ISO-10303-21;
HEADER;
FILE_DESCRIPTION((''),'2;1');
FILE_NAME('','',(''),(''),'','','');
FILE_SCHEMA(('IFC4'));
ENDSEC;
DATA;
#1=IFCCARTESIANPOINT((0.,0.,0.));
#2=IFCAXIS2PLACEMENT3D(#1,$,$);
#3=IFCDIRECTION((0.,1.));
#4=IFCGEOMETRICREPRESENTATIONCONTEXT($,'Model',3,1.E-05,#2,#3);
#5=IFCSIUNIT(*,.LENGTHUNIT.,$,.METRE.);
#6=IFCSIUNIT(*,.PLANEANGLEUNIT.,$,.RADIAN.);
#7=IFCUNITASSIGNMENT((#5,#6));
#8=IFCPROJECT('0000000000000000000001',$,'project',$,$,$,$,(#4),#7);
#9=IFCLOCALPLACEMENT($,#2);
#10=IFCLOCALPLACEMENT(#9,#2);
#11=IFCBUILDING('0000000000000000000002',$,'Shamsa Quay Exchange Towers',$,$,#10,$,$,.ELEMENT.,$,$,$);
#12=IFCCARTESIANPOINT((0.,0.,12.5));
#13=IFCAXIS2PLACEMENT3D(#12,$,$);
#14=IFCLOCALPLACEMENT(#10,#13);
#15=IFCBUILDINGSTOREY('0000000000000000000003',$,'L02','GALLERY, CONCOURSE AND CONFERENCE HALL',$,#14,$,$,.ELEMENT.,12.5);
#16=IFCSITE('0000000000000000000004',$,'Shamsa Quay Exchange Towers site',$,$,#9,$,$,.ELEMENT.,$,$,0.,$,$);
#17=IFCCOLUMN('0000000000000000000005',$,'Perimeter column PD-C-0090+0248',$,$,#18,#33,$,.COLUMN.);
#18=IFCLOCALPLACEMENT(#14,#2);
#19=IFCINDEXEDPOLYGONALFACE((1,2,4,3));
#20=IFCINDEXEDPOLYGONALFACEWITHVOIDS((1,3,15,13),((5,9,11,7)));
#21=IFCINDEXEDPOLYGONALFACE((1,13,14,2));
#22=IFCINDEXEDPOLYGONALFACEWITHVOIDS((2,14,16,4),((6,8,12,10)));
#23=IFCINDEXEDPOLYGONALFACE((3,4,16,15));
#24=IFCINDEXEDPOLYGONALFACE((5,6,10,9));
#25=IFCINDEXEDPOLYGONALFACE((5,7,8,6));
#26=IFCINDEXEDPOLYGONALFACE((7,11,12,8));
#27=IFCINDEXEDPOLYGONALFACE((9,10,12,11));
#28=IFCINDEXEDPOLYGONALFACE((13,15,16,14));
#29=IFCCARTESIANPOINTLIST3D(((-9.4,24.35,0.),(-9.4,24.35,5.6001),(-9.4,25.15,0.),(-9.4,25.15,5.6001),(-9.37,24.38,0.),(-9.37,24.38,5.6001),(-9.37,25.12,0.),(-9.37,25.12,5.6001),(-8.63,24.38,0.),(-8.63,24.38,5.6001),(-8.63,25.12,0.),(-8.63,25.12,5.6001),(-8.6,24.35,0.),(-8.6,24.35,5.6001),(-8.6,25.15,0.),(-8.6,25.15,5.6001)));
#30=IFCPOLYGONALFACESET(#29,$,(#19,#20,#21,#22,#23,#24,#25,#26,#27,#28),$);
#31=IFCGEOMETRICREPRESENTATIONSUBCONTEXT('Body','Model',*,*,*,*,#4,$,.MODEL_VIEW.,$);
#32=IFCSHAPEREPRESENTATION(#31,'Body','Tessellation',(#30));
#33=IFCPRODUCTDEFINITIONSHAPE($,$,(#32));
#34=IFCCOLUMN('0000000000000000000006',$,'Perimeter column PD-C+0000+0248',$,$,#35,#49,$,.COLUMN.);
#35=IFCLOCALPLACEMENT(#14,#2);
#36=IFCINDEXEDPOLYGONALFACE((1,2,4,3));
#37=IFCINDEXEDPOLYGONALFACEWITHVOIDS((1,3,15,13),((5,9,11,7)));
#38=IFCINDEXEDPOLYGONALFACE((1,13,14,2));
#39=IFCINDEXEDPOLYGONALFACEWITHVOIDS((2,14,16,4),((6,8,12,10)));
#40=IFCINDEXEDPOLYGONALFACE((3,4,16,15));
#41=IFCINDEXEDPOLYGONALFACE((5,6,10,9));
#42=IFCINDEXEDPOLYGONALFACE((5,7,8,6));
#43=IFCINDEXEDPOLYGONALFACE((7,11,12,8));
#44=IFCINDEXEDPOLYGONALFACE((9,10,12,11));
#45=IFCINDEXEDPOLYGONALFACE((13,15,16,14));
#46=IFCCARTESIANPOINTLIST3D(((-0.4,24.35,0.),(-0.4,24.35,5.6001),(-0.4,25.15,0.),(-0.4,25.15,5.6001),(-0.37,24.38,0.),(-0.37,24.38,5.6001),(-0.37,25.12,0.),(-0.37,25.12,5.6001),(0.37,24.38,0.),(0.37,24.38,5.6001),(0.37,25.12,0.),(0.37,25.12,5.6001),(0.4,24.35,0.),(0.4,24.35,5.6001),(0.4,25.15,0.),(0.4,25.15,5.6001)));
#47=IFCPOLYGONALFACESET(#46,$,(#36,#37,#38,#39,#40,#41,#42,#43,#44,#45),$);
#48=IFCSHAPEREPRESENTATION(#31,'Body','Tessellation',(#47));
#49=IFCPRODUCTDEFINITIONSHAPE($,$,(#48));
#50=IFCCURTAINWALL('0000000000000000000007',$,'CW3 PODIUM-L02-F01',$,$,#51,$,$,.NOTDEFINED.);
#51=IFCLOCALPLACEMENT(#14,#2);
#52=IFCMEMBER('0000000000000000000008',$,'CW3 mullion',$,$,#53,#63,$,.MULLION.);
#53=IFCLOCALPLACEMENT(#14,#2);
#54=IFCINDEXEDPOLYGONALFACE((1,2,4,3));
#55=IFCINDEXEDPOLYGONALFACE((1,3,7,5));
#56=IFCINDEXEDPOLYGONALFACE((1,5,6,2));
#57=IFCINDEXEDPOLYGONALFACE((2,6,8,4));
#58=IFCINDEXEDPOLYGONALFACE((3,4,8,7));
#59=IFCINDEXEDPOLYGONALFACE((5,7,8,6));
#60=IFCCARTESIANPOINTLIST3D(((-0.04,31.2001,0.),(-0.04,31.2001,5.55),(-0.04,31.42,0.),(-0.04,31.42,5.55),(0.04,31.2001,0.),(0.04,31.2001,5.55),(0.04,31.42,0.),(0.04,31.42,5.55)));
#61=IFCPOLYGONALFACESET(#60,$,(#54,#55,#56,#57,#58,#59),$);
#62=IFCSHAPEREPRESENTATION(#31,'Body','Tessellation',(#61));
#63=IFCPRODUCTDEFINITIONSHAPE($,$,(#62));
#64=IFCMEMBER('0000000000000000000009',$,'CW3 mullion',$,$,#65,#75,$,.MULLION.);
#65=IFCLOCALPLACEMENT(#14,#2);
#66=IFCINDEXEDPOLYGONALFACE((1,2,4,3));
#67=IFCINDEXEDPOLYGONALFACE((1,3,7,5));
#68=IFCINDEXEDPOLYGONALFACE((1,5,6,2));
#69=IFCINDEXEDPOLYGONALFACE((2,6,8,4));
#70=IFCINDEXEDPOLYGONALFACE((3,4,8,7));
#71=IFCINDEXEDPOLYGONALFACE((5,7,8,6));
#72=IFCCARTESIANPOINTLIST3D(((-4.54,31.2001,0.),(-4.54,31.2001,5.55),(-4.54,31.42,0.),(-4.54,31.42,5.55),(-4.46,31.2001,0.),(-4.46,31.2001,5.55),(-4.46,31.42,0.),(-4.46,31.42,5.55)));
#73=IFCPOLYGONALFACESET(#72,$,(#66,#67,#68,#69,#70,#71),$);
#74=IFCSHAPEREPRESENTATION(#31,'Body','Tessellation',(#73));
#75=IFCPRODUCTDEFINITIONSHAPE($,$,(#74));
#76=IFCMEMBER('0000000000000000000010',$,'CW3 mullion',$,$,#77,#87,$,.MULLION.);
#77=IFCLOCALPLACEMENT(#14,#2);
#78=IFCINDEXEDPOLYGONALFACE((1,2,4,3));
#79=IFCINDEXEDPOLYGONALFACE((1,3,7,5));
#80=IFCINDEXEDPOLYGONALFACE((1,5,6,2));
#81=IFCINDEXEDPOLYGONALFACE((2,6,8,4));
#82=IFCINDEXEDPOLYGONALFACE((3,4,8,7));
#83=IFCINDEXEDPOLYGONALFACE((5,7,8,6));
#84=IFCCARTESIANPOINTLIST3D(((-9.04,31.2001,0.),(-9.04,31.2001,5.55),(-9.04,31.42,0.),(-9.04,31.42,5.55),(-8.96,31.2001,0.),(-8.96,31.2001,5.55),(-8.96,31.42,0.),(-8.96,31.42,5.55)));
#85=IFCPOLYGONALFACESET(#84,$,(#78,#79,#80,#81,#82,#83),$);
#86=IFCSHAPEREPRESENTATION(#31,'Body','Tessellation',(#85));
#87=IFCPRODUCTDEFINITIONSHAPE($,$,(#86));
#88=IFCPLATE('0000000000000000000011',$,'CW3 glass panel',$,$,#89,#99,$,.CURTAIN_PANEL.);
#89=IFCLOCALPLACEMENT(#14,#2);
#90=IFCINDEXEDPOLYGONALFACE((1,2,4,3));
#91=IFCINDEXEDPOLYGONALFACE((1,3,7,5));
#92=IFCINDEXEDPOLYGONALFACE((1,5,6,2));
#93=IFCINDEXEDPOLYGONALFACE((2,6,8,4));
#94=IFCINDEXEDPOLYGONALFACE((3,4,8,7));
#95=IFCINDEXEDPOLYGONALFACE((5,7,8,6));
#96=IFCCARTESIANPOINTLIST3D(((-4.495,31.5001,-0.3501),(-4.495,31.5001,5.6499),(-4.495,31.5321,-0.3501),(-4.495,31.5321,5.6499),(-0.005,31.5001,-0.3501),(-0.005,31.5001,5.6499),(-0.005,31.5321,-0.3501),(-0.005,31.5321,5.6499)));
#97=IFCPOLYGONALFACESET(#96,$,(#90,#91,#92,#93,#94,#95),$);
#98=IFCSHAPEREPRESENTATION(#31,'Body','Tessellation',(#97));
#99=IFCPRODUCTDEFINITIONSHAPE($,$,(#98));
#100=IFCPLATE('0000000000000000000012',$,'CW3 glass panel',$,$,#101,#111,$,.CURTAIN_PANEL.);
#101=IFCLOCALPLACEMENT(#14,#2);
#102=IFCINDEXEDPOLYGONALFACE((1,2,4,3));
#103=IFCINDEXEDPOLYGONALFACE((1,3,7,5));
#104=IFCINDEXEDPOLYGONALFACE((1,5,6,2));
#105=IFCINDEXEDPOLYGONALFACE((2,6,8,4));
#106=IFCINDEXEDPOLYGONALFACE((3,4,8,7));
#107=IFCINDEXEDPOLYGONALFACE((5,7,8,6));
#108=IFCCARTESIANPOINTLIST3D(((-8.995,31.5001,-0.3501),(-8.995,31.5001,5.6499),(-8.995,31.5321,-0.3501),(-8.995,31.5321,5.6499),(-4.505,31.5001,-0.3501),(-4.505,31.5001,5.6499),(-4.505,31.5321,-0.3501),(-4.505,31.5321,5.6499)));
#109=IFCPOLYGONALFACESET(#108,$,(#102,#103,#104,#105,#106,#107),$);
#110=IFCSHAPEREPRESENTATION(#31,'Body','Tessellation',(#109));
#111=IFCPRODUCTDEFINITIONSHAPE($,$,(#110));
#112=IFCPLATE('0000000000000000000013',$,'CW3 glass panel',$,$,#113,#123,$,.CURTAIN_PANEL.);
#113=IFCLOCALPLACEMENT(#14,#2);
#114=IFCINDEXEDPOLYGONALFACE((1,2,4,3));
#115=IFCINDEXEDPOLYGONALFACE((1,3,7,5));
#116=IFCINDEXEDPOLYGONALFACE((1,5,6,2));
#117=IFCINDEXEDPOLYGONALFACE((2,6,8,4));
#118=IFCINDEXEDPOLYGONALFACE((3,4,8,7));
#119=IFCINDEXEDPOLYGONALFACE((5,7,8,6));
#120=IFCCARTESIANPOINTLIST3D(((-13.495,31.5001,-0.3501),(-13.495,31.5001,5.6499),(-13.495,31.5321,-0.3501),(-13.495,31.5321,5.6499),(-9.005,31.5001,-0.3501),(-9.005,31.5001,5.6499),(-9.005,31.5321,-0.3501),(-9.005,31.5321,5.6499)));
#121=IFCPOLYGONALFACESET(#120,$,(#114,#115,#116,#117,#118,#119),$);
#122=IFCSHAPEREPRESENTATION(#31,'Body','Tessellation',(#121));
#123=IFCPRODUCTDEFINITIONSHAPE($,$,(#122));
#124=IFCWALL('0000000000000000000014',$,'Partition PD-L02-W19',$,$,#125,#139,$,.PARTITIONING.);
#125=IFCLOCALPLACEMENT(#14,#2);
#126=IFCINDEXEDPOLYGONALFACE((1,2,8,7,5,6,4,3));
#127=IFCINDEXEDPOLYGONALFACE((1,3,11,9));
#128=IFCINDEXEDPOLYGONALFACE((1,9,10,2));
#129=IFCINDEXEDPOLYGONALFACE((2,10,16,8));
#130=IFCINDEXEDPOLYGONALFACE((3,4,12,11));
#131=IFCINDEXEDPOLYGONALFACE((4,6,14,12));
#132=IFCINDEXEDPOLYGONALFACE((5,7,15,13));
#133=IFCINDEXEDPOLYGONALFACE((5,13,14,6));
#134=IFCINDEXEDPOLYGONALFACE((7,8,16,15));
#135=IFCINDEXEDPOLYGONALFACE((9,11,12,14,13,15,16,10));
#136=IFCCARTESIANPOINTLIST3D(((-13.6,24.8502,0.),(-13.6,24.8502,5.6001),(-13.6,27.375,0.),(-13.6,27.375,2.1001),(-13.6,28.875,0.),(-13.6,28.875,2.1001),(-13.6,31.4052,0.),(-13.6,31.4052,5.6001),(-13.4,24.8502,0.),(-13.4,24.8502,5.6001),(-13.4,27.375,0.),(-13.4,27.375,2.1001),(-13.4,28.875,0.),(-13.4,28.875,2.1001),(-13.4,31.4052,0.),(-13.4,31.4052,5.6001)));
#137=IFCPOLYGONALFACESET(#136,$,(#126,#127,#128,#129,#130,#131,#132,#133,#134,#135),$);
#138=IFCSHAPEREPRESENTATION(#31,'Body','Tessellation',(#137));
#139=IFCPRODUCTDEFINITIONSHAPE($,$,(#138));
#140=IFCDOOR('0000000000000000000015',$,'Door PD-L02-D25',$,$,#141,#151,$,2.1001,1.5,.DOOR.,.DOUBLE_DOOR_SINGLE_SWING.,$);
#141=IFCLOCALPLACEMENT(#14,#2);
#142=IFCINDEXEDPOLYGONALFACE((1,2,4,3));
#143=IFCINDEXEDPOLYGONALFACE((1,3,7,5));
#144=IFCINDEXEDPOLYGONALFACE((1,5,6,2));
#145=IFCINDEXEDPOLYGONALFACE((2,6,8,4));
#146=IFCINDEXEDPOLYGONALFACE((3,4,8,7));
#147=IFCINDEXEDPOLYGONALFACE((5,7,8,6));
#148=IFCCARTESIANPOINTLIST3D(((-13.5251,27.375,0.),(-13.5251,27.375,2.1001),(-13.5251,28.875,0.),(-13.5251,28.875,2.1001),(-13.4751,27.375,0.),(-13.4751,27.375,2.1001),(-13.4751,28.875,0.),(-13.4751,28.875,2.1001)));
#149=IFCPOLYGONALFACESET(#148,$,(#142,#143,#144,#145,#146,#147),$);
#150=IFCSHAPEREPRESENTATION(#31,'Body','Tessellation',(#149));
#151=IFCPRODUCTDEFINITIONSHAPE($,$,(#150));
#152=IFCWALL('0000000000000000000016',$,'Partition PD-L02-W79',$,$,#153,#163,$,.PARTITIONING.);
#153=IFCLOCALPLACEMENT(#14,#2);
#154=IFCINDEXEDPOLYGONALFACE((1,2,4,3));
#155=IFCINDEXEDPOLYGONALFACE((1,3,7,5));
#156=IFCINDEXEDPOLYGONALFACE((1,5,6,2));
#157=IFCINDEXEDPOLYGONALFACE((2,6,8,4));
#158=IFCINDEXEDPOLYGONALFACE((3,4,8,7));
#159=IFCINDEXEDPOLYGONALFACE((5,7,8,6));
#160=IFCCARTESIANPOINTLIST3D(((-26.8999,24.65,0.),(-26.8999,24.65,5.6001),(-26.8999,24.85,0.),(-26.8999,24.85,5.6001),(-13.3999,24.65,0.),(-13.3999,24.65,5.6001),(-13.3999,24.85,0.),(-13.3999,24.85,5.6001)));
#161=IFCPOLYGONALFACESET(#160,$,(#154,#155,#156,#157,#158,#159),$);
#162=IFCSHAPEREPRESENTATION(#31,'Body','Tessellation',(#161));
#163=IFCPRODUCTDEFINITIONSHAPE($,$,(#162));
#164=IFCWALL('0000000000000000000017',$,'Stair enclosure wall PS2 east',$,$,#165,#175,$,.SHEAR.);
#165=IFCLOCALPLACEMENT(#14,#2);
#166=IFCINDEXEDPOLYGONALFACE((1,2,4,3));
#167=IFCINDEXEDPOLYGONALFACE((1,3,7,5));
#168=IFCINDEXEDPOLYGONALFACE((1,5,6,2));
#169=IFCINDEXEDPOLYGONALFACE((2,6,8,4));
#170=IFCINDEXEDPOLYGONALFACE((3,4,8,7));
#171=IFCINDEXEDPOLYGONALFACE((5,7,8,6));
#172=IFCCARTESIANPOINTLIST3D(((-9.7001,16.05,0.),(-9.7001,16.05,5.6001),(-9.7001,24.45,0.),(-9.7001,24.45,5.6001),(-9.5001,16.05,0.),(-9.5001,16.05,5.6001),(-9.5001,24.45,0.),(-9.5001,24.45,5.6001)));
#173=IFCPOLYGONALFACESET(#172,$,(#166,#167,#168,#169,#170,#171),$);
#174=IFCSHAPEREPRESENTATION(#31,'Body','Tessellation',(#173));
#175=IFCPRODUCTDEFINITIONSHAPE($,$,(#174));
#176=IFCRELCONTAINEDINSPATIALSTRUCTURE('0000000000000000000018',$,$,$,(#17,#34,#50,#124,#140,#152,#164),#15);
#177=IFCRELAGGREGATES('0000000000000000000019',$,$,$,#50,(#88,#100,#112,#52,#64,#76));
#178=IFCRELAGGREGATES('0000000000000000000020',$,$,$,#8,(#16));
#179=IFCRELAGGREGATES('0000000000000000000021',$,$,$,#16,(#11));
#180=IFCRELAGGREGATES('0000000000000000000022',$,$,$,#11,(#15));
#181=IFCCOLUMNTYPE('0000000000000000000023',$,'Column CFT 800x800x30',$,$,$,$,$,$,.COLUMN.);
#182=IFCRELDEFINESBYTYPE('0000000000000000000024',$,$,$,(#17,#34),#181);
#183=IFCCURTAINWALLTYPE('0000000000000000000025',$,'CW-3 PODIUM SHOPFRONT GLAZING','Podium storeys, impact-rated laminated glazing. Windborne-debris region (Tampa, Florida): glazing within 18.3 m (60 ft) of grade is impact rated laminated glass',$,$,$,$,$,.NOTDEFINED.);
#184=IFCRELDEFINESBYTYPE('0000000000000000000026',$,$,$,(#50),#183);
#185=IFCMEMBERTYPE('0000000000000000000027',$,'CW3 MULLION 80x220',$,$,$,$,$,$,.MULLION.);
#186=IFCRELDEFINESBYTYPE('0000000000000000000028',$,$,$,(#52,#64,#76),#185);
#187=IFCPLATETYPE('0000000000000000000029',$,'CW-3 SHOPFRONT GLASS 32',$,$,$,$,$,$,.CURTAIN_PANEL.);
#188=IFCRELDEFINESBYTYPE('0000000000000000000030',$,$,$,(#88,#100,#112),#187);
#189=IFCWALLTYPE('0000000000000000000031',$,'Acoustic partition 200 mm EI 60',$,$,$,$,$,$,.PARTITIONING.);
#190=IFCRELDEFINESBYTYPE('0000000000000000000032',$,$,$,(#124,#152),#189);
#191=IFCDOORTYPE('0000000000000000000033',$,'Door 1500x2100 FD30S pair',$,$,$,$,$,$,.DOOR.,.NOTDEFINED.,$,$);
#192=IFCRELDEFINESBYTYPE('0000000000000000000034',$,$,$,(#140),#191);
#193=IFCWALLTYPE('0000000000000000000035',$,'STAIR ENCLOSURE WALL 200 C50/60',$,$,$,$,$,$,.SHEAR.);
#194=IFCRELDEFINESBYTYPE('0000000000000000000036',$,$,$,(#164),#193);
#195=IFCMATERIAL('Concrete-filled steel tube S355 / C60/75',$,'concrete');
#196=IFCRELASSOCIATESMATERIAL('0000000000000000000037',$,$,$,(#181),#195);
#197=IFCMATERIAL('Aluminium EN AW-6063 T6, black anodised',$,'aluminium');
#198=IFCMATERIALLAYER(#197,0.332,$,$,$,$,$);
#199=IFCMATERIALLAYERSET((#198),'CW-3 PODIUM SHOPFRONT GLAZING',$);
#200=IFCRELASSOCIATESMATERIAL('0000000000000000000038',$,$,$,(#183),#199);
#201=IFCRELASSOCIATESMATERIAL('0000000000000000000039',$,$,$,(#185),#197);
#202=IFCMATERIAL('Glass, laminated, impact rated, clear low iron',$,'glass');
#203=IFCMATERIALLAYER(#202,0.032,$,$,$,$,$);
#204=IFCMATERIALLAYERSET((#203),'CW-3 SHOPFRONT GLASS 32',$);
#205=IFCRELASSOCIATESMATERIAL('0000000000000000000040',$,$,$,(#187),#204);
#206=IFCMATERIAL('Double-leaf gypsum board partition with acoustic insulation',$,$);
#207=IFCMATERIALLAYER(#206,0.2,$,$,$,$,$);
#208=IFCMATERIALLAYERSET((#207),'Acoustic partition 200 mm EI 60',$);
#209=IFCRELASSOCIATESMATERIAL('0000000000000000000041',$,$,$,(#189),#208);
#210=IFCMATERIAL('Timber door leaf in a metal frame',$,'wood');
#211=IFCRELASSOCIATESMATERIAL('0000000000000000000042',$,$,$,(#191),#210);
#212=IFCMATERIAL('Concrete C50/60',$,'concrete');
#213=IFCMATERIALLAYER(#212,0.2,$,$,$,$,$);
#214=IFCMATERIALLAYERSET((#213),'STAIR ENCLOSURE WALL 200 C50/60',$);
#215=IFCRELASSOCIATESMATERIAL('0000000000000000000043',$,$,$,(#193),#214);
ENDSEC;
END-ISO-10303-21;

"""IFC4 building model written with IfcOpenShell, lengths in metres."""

from ifc_helpers import new_model, si_unit, direction, frame, frame_2d, origin, origin_2d, place, context, subcontext, project, spatial, rectangle, hollow_rectangle, extrude, material, layer, layer_set, material_profile, profile_set, type_object, element, fill, aggregate, save


model = new_model("IFC4")

# Units and contexts
model_context = context("Model", 3, precision=1e-05, world=origin(), true_north=direction((0.0, 1.0)))
body_context = subcontext(model_context, "Body", "Model", "MODEL_VIEW")
ifc_project = project(units=[si_unit("LENGTHUNIT", "METRE"), si_unit("PLANEANGLEUNIT", "RADIAN")], contexts=[model_context])

# Site, building, storey
site_placement = place(None, origin())
site = spatial("IfcSite", under=ifc_project, at=site_placement, Name="Shamsa Quay Exchange Towers site", CompositionType="ELEMENT", RefElevation=0.0)
building_placement = place(site_placement, origin())
building = spatial("IfcBuilding", under=site, at=building_placement, Name="Shamsa Quay Exchange Towers", CompositionType="ELEMENT")
storey_placement = place(building_placement, frame((0.0, 0.0, 12.5)))
storey = spatial("IfcBuildingStorey", under=building, at=storey_placement, Name="L02", Description="GALLERY, CONCOURSE AND CONFERENCE HALL", CompositionType="ELEMENT", Elevation=12.5)

# Columns
ifc_material_1 = material(Name="Concrete-filled steel tube S355 / C60/75", Category="concrete")
ifc_material_profile_1 = material_profile(ifc_material_1, hollow_rectangle(XDim=0.8, YDim=0.8, WallThickness=0.03, at=origin_2d()), Name="CFT 800x800x30")
ifc_profile_set_1 = profile_set([ifc_material_profile_1], Name="Concrete-filled steel tube S355 / C60/75")
column_type = type_object("IfcColumnType", Name="Column CFT 800x800x30", PredefinedType="COLUMN", material=ifc_profile_set_1)
for number, where, name in (
    (1, (-9.0, 24.75, 0.0), "Perimeter column PD-C-0090+0248"),
    (2, (0.0, 24.75, 0.0), "Perimeter column PD-C+0000+0248"),
):
    element("IfcColumn", number, at=place(storey_placement, frame(where)), inside=storey, type_object=column_type, Name=name, PredefinedType="COLUMN", context=body_context, shape_type="SweptSolid", body=[
        extrude(hollow_rectangle(XDim=0.8, YDim=0.8, WallThickness=0.03, at=origin_2d()), origin(), (0.0, 0.0, 1.0), 5.6001),
    ])

# Curtain wall, members, plates
ifc_material_2 = material(Name="Aluminium EN AW-6063 T6, black anodised", Category="aluminium")
ifc_layer_1 = layer(ifc_material_2, 0.332)
ifc_layer_set_1 = layer_set([ifc_layer_1], Name="CW-3 PODIUM SHOPFRONT GLAZING")
curtain_wall_type = type_object("IfcCurtainWallType", Name="CW-3 PODIUM SHOPFRONT GLAZING", Description="Podium storeys, impact-rated laminated glazing. Windborne-debris region (Tampa, Florida): glazing within 18.3 m (60 ft) of grade is impact rated laminated glass", PredefinedType="NOTDEFINED", material=ifc_layer_set_1)
curtain_wall_placement = place(storey_placement, origin())
curtain_wall = element("IfcCurtainWall", 3, at=curtain_wall_placement, inside=storey, type_object=curtain_wall_type, Name="CW3 PODIUM-L02-F01", PredefinedType="NOTDEFINED")
ifc_material_profile_2 = material_profile(ifc_material_2, rectangle(XDim=0.22, YDim=0.0801, at=origin_2d()), Name="MU80x220")
ifc_profile_set_2 = profile_set([ifc_material_profile_2], Name="Aluminium EN AW-6063 T6, black anodised")
member_type = type_object("IfcMemberType", Name="CW3 MULLION 80x220", PredefinedType="MULLION", material=ifc_profile_set_2)
member_1_placement = place(storey_placement, frame((0.0, 31.3101, 0.0), z_axis=(0.0, 0.0, 1.0), x_axis=(0.0, -1.0, 0.0)))
member_1 = element("IfcMember", 4, at=member_1_placement, type_object=member_type, Name="CW3 mullion", PredefinedType="MULLION", context=body_context, shape_type="SweptSolid", body=[
    extrude(rectangle(XDim=0.22, YDim=0.0801, at=origin_2d()), origin(), (0.0, 0.0, 1.0), 5.55),
])
member_2_placement = place(storey_placement, frame((-4.5, 31.3101, 0.0), z_axis=(0.0, 0.0, 1.0), x_axis=(0.0, -1.0, 0.0)))
member_2 = element("IfcMember", 5, at=member_2_placement, type_object=member_type, Name="CW3 mullion", PredefinedType="MULLION", context=body_context, shape_type="SweptSolid", body=[
    extrude(rectangle(XDim=0.22, YDim=0.0801, at=origin_2d()), origin(), (0.0, 0.0, 1.0), 5.55),
])
member_3_placement = place(storey_placement, frame((-9.0, 31.3101, 0.0), z_axis=(0.0, 0.0, 1.0), x_axis=(0.0, -1.0, 0.0)))
member_3 = element("IfcMember", 6, at=member_3_placement, type_object=member_type, Name="CW3 mullion", PredefinedType="MULLION", context=body_context, shape_type="SweptSolid", body=[
    extrude(rectangle(XDim=0.22, YDim=0.0801, at=origin_2d()), origin(), (0.0, 0.0, 1.0), 5.55),
])
ifc_material_3 = material(Name="Glass, laminated, impact rated, clear low iron", Category="glass")
ifc_layer_2 = layer(ifc_material_3, 0.032)
ifc_layer_set_2 = layer_set([ifc_layer_2], Name="CW-3 SHOPFRONT GLASS 32")
plate_type = type_object("IfcPlateType", Name="CW-3 SHOPFRONT GLASS 32", PredefinedType="CURTAIN_PANEL", material=ifc_layer_set_2)
plate_1_placement = place(storey_placement, frame((-2.25, 31.5161, -0.3501), z_axis=(0.0, 0.0, 1.0), x_axis=(-1.0, 0.0, 0.0)))
plate_1 = element("IfcPlate", 7, at=plate_1_placement, type_object=plate_type, Name="CW3 glass panel", PredefinedType="CURTAIN_PANEL", context=body_context, shape_type="SweptSolid", body=[
    extrude(rectangle(XDim=4.49, YDim=0.032, at=origin_2d()), origin(), (0.0, 0.0, 1.0), 6.0),
])
plate_2_placement = place(storey_placement, frame((-6.75, 31.5161, -0.3501), z_axis=(0.0, 0.0, 1.0), x_axis=(-1.0, 0.0, 0.0)))
plate_2 = element("IfcPlate", 8, at=plate_2_placement, type_object=plate_type, Name="CW3 glass panel", PredefinedType="CURTAIN_PANEL", context=body_context, shape_type="SweptSolid", body=[
    extrude(rectangle(XDim=4.49, YDim=0.032, at=origin_2d()), origin(), (0.0, 0.0, 1.0), 6.0),
])
plate_3_placement = place(storey_placement, frame((-11.25, 31.5161, -0.3501), z_axis=(0.0, 0.0, 1.0), x_axis=(-1.0, 0.0, 0.0)))
plate_3 = element("IfcPlate", 9, at=plate_3_placement, type_object=plate_type, Name="CW3 glass panel", PredefinedType="CURTAIN_PANEL", context=body_context, shape_type="SweptSolid", body=[
    extrude(rectangle(XDim=4.49, YDim=0.032, at=origin_2d()), origin(), (0.0, 0.0, 1.0), 6.0),
])
aggregate(curtain_wall, [plate_1, plate_2, plate_3, member_1, member_2, member_3])

# Wall, opening, door
ifc_material_4 = material(Name="Double-leaf gypsum board partition with acoustic insulation")
ifc_layer_3 = layer(ifc_material_4, 0.2)
ifc_layer_set_3 = layer_set([ifc_layer_3], Name="Acoustic partition 200 mm EI 60")
wall_type_1 = type_object("IfcWallType", Name="Acoustic partition 200 mm EI 60", PredefinedType="PARTITIONING", material=ifc_layer_set_3)
wall_1_placement = place(storey_placement, frame((-13.5, 31.405, 0.0), z_axis=(0.0, 0.0, 1.0), x_axis=(0.0, -1.0, 0.0)))
wall_1 = element("IfcWall", 10, at=wall_1_placement, inside=storey, type_object=wall_type_1, Name="Partition PD-L02-W19", PredefinedType="PARTITIONING", context=body_context, shape_type="SweptSolid", body=[
    extrude(rectangle(XDim=6.5549, YDim=0.2, at=frame_2d((3.2773, 0.0))), origin(), (0.0, 0.0, 1.0), 5.6001),
])
opening_placement = place(wall_1_placement, frame((2.53, 0.0, 0.0)))
opening = element("IfcOpeningElement", 11, at=opening_placement, cuts=wall_1, PredefinedType="OPENING", context=body_context, shape_type="SweptSolid", body=[
    extrude(rectangle(XDim=1.5, YDim=2.1001, at=frame_2d((0.75, 1.05))), frame((0.0, 0.1099, 0.0), z_axis=(0.0, -1.0, 0.0), x_axis=(1.0, 0.0, 0.0)), (0.0, 0.0, 1.0), 0.22),
])
ifc_material_5 = material(Name="Timber door leaf in a metal frame", Category="wood")
door_type = type_object("IfcDoorType", Name="Door 1500x2100 FD30S pair", OperationType="NOTDEFINED", PredefinedType="DOOR", material=ifc_material_5)
door_placement = place(opening_placement, origin())
door = element("IfcDoor", 12, at=door_placement, inside=storey, type_object=door_type, Name="Door PD-L02-D25", OperationType="DOUBLE_DOOR_SINGLE_SWING", OverallHeight=2.1001, OverallWidth=1.5, PredefinedType="DOOR", context=body_context, shape_type="SweptSolid", body=[
    extrude(rectangle(XDim=1.5, YDim=2.1001, at=frame_2d((0.75, 1.05))), frame((0.0, 0.0249, 0.0), z_axis=(0.0, -1.0, 0.0), x_axis=(1.0, 0.0, 0.0)), (0.0, 0.0, 1.0), 0.05),
])
fill(opening, door)

# Walls
wall_2_placement = place(storey_placement, frame((-13.3999, 24.75, 0.0), z_axis=(0.0, 0.0, 1.0), x_axis=(-1.0, 0.0, 0.0)))
element("IfcWall", 13, at=wall_2_placement, inside=storey, type_object=wall_type_1, Name="Partition PD-L02-W79", PredefinedType="PARTITIONING", context=body_context, shape_type="SweptSolid", body=[
    extrude(rectangle(XDim=13.5, YDim=0.2, at=frame_2d((6.75, 0.0))), origin(), (0.0, 0.0, 1.0), 5.6001),
])
ifc_material_6 = material(Name="Concrete C50/60", Category="concrete")
ifc_layer_4 = layer(ifc_material_6, 0.2)
ifc_layer_set_4 = layer_set([ifc_layer_4], Name="STAIR ENCLOSURE WALL 200 C50/60")
wall_type_2 = type_object("IfcWallType", Name="STAIR ENCLOSURE WALL 200 C50/60", PredefinedType="SHEAR", material=ifc_layer_set_4)
wall_3_placement = place(storey_placement, frame((-9.6001, 16.05, 0.0), z_axis=(0.0, 0.0, 1.0), x_axis=(0.0, 1.0, 0.0)))
element("IfcWall", 14, at=wall_3_placement, inside=storey, type_object=wall_type_2, Name="Stair enclosure wall PS2 east", PredefinedType="SHEAR", context=body_context, shape_type="SweptSolid", body=[
    extrude(rectangle(XDim=8.3999, YDim=0.2, at=frame_2d((4.2, 0.0))), origin(), (0.0, 0.0, 1.0), 5.6001),
])

save(model, "model.ifc")
